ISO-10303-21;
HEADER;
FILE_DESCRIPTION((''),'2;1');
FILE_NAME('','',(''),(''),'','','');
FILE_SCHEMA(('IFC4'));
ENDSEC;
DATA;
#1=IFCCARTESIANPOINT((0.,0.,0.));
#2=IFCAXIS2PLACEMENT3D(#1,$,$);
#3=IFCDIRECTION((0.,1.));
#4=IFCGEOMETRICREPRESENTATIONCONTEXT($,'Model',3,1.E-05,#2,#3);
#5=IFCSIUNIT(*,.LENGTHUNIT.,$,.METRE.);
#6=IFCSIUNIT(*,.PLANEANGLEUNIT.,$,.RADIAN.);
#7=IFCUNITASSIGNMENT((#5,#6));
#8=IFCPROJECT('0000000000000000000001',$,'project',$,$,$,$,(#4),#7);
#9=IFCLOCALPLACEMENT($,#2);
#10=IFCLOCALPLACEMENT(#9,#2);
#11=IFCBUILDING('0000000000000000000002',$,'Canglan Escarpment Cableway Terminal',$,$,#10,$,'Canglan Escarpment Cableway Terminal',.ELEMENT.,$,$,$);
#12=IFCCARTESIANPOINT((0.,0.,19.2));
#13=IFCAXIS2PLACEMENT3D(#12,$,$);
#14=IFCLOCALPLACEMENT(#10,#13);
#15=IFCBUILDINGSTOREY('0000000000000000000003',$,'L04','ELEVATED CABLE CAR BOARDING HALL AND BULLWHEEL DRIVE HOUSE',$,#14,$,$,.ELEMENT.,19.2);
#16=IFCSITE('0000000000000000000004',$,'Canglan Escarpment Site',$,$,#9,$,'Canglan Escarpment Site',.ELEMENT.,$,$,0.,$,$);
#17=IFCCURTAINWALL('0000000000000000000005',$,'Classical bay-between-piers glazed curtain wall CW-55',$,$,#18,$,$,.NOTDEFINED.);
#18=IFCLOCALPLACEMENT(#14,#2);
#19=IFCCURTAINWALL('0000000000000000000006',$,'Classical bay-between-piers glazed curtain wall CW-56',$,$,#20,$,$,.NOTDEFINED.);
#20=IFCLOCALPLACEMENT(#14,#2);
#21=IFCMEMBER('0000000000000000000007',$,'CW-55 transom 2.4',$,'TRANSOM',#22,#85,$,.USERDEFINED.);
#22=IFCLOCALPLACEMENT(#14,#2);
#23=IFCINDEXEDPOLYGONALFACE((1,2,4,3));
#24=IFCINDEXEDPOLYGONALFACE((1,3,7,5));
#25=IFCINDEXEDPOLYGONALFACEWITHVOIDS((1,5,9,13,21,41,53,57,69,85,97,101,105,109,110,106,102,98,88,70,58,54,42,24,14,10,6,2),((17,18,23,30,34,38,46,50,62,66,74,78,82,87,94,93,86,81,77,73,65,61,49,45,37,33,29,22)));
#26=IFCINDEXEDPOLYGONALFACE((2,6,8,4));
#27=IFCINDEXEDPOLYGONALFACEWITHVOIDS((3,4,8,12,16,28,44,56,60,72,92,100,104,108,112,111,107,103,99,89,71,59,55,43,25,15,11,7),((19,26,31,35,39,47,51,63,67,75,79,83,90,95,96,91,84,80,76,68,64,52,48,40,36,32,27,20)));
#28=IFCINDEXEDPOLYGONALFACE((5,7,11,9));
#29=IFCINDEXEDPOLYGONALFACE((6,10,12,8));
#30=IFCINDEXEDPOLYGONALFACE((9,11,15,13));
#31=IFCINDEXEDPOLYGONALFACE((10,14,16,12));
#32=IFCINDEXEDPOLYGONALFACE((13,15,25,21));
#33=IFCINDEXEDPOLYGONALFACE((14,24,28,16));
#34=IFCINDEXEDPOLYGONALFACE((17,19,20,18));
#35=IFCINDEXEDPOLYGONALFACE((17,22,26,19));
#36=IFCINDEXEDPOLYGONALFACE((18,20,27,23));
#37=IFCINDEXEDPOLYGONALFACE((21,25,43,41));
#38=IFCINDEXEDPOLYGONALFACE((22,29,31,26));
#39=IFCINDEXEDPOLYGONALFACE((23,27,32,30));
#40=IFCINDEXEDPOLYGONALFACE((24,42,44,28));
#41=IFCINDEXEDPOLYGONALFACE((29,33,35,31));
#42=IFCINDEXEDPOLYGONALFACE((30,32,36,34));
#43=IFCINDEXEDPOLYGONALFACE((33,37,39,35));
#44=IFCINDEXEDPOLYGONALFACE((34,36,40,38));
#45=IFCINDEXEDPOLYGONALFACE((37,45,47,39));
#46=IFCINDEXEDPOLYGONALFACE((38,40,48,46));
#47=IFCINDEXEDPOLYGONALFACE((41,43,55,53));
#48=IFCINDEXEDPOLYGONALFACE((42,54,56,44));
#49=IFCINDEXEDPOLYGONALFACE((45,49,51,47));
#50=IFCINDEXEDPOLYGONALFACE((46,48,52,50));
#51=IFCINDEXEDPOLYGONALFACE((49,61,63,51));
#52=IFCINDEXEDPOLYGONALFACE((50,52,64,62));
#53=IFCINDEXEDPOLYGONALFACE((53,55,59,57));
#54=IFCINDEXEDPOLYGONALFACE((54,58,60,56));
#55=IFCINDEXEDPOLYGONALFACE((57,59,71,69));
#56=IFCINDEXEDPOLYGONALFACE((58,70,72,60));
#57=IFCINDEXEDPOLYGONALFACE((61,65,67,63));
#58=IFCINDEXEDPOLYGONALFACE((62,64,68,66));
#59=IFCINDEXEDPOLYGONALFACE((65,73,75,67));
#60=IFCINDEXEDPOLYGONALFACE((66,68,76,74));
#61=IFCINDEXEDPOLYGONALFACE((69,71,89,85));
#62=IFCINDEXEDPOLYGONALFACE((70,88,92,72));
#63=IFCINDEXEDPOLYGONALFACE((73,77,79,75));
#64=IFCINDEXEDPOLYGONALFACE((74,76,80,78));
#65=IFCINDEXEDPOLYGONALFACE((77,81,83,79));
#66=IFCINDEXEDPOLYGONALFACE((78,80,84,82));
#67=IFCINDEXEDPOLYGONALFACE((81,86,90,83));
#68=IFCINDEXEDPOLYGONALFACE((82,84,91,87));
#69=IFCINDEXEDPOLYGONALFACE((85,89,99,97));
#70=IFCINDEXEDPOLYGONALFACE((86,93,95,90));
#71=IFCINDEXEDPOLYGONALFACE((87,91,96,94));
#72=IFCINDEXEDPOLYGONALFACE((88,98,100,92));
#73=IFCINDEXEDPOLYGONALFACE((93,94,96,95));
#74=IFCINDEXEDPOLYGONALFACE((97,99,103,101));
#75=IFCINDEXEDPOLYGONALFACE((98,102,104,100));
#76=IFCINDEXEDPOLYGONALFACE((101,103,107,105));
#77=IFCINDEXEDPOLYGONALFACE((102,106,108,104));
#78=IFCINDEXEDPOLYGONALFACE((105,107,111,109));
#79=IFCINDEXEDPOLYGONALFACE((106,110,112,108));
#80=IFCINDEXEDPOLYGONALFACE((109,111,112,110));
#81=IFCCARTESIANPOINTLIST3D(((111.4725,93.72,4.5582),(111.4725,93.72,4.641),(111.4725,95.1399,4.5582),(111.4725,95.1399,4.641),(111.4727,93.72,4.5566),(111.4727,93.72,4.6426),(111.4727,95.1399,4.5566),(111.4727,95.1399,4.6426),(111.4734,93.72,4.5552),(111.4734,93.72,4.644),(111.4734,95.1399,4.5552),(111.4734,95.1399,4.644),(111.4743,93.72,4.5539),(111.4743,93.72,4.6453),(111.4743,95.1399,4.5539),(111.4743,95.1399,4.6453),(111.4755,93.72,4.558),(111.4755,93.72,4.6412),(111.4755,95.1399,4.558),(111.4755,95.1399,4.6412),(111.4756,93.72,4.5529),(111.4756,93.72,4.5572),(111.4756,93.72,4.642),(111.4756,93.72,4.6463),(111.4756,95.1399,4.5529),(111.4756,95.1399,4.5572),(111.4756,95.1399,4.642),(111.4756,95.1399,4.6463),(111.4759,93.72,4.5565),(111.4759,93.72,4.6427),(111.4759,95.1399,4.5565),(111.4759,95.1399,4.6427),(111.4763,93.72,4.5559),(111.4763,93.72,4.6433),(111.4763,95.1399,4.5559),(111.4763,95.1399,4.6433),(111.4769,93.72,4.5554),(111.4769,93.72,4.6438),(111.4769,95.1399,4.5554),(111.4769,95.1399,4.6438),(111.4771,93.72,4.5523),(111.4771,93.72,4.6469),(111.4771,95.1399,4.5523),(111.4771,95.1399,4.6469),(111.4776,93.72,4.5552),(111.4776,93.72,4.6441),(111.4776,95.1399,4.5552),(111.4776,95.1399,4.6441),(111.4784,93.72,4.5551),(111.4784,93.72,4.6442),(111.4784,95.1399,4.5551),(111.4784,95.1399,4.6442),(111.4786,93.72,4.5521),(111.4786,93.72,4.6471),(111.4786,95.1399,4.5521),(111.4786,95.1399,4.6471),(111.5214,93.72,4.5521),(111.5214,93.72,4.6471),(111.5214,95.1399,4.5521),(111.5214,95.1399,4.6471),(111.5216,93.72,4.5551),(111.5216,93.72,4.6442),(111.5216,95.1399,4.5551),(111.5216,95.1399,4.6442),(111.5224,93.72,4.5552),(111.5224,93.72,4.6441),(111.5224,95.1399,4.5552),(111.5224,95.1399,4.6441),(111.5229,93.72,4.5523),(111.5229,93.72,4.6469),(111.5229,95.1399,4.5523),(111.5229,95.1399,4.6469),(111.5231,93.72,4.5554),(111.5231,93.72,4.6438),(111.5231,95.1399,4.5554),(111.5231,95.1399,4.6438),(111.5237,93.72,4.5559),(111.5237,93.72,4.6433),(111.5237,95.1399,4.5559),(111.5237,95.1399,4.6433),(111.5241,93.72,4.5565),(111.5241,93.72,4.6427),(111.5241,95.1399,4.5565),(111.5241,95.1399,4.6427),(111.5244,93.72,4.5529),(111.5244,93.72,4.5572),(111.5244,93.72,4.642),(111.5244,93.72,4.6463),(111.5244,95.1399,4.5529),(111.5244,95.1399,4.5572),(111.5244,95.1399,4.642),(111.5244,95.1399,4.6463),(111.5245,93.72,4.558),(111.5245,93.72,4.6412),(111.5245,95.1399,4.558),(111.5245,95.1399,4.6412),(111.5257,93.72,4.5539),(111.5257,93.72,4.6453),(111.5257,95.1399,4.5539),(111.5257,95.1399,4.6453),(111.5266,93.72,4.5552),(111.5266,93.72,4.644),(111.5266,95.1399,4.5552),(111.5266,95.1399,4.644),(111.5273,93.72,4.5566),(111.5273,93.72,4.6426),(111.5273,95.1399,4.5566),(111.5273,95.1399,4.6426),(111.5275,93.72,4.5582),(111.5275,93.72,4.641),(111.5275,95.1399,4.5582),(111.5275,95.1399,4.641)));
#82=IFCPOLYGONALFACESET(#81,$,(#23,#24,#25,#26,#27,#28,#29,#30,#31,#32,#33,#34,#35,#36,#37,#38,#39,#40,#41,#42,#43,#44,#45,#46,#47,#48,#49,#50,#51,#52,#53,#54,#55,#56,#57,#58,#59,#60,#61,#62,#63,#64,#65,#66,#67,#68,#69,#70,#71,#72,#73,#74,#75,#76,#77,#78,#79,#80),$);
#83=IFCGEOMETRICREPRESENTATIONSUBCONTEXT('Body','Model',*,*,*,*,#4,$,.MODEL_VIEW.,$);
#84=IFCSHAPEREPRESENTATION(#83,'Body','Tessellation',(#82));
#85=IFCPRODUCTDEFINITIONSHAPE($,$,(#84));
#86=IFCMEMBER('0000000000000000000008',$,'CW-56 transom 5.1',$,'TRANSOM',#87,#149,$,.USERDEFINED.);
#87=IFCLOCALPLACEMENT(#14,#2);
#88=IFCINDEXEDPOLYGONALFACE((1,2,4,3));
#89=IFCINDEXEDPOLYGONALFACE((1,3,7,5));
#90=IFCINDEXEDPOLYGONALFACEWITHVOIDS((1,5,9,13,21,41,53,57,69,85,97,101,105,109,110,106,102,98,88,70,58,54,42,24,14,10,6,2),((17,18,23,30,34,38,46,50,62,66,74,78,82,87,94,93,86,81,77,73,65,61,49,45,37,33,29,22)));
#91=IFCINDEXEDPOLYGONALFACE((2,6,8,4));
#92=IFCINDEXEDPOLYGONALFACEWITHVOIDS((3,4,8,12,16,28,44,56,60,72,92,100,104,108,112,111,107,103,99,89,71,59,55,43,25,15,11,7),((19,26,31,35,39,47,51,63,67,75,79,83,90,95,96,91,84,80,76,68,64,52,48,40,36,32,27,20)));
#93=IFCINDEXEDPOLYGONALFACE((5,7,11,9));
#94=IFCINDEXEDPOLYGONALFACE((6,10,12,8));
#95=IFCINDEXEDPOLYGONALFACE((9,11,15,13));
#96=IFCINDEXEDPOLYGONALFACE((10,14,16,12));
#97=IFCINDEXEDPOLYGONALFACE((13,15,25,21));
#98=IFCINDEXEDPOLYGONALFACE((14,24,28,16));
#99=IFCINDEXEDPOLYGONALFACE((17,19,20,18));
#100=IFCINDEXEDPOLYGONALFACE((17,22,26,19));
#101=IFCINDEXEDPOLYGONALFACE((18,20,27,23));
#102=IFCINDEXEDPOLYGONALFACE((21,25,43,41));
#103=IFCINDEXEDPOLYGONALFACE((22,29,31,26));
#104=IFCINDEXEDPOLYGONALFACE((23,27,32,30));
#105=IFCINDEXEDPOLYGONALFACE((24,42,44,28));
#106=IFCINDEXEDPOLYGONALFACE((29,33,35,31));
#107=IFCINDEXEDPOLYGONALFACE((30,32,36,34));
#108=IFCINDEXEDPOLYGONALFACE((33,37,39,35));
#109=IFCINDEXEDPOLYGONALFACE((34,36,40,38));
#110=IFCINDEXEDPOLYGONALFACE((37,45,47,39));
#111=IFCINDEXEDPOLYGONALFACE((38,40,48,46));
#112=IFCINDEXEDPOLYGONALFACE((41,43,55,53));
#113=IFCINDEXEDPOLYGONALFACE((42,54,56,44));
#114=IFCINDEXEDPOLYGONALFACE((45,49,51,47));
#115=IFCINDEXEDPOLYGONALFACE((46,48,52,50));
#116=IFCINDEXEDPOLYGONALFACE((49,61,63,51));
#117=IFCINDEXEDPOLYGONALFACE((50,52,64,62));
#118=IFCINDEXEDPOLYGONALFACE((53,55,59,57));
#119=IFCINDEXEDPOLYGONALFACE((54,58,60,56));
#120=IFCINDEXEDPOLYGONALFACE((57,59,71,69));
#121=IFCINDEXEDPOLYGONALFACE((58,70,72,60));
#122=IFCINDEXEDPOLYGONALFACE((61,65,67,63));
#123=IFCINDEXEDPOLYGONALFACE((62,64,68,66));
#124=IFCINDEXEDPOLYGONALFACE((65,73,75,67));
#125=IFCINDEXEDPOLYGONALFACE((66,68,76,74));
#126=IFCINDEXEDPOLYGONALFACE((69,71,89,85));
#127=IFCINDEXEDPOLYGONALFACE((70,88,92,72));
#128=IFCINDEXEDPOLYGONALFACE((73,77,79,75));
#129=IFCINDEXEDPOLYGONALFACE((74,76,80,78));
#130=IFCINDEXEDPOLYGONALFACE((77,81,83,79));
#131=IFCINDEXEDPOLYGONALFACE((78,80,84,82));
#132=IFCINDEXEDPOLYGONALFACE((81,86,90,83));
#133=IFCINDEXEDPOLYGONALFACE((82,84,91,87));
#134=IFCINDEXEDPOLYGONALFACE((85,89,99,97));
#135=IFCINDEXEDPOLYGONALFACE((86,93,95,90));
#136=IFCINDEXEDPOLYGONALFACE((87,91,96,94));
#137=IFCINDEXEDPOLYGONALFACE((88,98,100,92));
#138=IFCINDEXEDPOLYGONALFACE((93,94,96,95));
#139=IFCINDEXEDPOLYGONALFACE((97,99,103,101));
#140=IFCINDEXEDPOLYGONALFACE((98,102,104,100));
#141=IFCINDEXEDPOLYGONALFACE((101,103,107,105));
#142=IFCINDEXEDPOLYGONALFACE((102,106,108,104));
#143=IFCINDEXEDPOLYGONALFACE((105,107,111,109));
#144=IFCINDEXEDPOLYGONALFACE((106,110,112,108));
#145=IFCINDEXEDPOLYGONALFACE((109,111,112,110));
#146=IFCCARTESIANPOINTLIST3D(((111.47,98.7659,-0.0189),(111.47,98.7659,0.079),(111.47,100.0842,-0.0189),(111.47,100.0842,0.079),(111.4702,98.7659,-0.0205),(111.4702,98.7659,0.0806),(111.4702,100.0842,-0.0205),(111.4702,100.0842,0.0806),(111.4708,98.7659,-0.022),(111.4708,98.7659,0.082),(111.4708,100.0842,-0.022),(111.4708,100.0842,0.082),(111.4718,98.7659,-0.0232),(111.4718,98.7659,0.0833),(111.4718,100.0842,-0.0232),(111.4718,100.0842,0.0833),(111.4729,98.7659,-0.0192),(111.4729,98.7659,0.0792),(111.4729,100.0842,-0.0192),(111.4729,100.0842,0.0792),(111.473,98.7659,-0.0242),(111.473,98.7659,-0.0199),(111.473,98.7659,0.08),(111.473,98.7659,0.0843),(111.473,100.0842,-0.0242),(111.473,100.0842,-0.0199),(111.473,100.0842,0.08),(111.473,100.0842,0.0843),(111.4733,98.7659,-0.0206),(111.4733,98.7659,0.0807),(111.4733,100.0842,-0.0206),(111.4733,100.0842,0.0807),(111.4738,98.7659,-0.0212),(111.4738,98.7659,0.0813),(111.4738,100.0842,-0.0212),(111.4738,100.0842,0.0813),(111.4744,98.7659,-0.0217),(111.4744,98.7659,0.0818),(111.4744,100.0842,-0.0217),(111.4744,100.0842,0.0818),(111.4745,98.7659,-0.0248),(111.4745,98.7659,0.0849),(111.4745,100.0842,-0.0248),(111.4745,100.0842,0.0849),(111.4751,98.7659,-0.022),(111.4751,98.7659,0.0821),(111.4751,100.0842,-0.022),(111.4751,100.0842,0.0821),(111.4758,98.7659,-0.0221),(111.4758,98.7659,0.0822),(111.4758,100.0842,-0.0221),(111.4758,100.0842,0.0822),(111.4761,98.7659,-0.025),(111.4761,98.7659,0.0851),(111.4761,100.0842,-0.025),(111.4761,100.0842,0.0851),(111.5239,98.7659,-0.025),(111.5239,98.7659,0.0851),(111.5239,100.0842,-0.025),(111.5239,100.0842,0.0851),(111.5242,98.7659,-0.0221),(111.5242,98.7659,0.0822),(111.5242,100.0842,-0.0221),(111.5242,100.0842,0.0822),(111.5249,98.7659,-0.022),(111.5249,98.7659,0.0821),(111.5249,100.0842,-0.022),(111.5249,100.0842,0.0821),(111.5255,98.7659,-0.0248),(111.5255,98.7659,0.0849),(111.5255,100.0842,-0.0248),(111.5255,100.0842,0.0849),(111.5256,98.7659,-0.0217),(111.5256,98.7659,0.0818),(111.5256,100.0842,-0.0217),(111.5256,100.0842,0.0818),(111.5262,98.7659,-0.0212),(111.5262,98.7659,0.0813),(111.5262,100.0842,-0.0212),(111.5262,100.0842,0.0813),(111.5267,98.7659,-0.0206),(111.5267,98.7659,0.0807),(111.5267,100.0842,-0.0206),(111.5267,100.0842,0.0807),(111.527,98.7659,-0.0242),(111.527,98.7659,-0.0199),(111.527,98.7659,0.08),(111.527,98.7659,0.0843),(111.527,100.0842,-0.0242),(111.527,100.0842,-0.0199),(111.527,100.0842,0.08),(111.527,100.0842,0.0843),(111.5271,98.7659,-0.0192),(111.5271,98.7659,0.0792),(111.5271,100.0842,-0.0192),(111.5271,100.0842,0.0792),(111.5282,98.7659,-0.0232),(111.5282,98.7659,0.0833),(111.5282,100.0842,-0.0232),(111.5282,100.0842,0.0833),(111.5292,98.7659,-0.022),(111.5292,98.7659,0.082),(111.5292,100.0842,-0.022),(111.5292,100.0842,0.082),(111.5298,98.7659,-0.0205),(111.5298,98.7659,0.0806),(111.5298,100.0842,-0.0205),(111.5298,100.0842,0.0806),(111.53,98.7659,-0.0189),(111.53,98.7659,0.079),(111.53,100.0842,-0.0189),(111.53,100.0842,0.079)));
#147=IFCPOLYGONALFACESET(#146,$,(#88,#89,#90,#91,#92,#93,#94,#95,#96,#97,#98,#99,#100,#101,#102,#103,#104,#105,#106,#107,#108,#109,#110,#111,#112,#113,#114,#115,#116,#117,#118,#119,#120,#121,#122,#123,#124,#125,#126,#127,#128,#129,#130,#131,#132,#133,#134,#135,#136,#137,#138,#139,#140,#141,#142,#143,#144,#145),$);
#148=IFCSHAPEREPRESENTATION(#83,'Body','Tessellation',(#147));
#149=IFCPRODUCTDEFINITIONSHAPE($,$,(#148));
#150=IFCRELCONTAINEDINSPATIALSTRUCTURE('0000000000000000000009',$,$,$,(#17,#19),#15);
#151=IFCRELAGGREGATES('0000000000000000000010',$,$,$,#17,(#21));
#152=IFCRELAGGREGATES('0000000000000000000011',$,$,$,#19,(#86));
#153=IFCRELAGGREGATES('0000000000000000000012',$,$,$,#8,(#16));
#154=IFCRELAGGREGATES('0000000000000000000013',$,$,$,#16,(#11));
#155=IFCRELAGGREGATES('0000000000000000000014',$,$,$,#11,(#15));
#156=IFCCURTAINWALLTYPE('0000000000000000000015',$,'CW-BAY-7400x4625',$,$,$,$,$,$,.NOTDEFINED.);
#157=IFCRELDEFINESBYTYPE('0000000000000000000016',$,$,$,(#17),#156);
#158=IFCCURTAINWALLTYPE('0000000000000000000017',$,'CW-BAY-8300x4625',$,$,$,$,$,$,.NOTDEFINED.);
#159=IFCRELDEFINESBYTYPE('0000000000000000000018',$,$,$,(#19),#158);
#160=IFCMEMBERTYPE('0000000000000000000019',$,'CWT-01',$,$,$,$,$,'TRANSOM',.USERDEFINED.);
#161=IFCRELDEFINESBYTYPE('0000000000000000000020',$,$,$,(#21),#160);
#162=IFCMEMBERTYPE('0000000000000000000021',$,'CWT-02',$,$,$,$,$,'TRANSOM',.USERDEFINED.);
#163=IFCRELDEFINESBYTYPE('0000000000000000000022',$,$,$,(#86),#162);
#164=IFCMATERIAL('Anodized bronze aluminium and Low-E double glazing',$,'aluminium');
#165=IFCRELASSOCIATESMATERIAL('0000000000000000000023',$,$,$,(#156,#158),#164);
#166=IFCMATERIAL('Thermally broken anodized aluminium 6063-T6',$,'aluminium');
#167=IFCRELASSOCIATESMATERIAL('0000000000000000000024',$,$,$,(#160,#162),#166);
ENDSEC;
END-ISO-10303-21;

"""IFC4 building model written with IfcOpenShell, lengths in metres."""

from ifc_helpers import new_model, si_unit, direction, frame, origin, origin_2d, place, context, subcontext, project, spatial, hollow_rectangle, extrude, material, material_profile, profile_set, type_object, element, aggregate, save


model = new_model("IFC4")

# Units and contexts
model_context = context("Model", 3, precision=1e-05, world=origin(), true_north=direction((0.0, 1.0)))
body_context = subcontext(model_context, "Body", "Model", "MODEL_VIEW")
ifc_project = project(units=[si_unit("LENGTHUNIT", "METRE"), si_unit("PLANEANGLEUNIT", "RADIAN")], contexts=[model_context])

# Site, building, storey
site_placement = place(None, origin())
site = spatial("IfcSite", under=ifc_project, at=site_placement, Name="Canglan Escarpment Site", LongName="Canglan Escarpment Site", CompositionType="ELEMENT", RefElevation=0.0)
building_placement = place(site_placement, origin())
building = spatial("IfcBuilding", under=site, at=building_placement, Name="Canglan Escarpment Cableway Terminal", LongName="Canglan Escarpment Cableway Terminal", CompositionType="ELEMENT")
storey_placement = place(building_placement, frame((0.0, 0.0, 19.2)))
storey = spatial("IfcBuildingStorey", under=building, at=storey_placement, Name="L04", Description="ELEVATED CABLE CAR BOARDING HALL AND BULLWHEEL DRIVE HOUSE", CompositionType="ELEMENT", Elevation=19.2)

# Curtain walls
ifc_material_1 = material(Name="Anodized bronze aluminium and Low-E double glazing", Category="aluminium")
curtain_wall_type_1 = type_object("IfcCurtainWallType", Name="CW-BAY-7400x4625", PredefinedType="NOTDEFINED", material=ifc_material_1)
curtain_wall_1_placement = place(storey_placement, origin())
curtain_wall_1 = element("IfcCurtainWall", 1, at=curtain_wall_1_placement, inside=storey, type_object=curtain_wall_type_1, Name="Classical bay-between-piers glazed curtain wall CW-55", PredefinedType="NOTDEFINED")
ifc_material_2 = material(Name="Thermally broken anodized aluminium 6063-T6", Category="aluminium")
curtain_wall_type_2 = type_object("IfcCurtainWallType", Name="CW-BAY-8300x4625", PredefinedType="NOTDEFINED", material=ifc_material_1)
curtain_wall_2_placement = place(storey_placement, origin())
curtain_wall_2 = element("IfcCurtainWall", 2, at=curtain_wall_2_placement, inside=storey, type_object=curtain_wall_type_2, Name="Classical bay-between-piers glazed curtain wall CW-56", PredefinedType="NOTDEFINED")

# Members
ifc_material_profile_1 = material_profile(ifc_material_2, hollow_rectangle(XDim=0.0549, YDim=0.095, WallThickness=0.0029, InnerFilletRadius=0.0029, OuterFilletRadius=0.0061, at=origin_2d()), Name="ALU-TRAN 55x95x3")
ifc_profile_set_1 = profile_set([ifc_material_profile_1], Name="Thermally broken anodized aluminium 6063-T6")
member_type_1 = type_object("IfcMemberType", Name="CWT-01", ElementType="TRANSOM", PredefinedType="USERDEFINED", material=ifc_profile_set_1)
member_1_placement = place(storey_placement, frame((111.5, 95.1399, 4.5996), z_axis=(0.0, -1.0, 0.0), x_axis=(1.0, 0.0, 0.0)))
member_1 = element("IfcMember", 3, at=member_1_placement, type_object=member_type_1, Name="CW-55 transom 2.4", ObjectType="TRANSOM", PredefinedType="USERDEFINED", context=body_context, shape_type="SweptSolid", body=[
    extrude(hollow_rectangle(XDim=0.0549, YDim=0.095, WallThickness=0.0029, InnerFilletRadius=0.0029, OuterFilletRadius=0.0061, at=origin_2d()), origin(), (0.0, 0.0, 1.0), 1.4199),
])
ifc_material_profile_2 = material_profile(ifc_material_2, hollow_rectangle(XDim=0.0601, YDim=0.1101, WallThickness=0.0029, InnerFilletRadius=0.0029, OuterFilletRadius=0.0061, at=origin_2d()), Name="ALU-TRAN 60x110x3")
ifc_profile_set_2 = profile_set([ifc_material_profile_2], Name="Thermally broken anodized aluminium 6063-T6")
member_type_2 = type_object("IfcMemberType", Name="CWT-02", ElementType="TRANSOM", PredefinedType="USERDEFINED", material=ifc_profile_set_2)
member_2_placement = place(storey_placement, frame((111.5, 100.0842, 0.03), z_axis=(0.0, -1.0, 0.0), x_axis=(1.0, 0.0, 0.0)))
member_2 = element("IfcMember", 4, at=member_2_placement, type_object=member_type_2, Name="CW-56 transom 5.1", ObjectType="TRANSOM", PredefinedType="USERDEFINED", context=body_context, shape_type="SweptSolid", body=[
    extrude(hollow_rectangle(XDim=0.0601, YDim=0.1101, WallThickness=0.0029, InnerFilletRadius=0.0029, OuterFilletRadius=0.0061, at=origin_2d()), origin(), (0.0, 0.0, 1.0), 1.3184),
])

aggregate(curtain_wall_1, [member_1])
aggregate(curtain_wall_2, [member_2])

save(model, "model.ifc")
